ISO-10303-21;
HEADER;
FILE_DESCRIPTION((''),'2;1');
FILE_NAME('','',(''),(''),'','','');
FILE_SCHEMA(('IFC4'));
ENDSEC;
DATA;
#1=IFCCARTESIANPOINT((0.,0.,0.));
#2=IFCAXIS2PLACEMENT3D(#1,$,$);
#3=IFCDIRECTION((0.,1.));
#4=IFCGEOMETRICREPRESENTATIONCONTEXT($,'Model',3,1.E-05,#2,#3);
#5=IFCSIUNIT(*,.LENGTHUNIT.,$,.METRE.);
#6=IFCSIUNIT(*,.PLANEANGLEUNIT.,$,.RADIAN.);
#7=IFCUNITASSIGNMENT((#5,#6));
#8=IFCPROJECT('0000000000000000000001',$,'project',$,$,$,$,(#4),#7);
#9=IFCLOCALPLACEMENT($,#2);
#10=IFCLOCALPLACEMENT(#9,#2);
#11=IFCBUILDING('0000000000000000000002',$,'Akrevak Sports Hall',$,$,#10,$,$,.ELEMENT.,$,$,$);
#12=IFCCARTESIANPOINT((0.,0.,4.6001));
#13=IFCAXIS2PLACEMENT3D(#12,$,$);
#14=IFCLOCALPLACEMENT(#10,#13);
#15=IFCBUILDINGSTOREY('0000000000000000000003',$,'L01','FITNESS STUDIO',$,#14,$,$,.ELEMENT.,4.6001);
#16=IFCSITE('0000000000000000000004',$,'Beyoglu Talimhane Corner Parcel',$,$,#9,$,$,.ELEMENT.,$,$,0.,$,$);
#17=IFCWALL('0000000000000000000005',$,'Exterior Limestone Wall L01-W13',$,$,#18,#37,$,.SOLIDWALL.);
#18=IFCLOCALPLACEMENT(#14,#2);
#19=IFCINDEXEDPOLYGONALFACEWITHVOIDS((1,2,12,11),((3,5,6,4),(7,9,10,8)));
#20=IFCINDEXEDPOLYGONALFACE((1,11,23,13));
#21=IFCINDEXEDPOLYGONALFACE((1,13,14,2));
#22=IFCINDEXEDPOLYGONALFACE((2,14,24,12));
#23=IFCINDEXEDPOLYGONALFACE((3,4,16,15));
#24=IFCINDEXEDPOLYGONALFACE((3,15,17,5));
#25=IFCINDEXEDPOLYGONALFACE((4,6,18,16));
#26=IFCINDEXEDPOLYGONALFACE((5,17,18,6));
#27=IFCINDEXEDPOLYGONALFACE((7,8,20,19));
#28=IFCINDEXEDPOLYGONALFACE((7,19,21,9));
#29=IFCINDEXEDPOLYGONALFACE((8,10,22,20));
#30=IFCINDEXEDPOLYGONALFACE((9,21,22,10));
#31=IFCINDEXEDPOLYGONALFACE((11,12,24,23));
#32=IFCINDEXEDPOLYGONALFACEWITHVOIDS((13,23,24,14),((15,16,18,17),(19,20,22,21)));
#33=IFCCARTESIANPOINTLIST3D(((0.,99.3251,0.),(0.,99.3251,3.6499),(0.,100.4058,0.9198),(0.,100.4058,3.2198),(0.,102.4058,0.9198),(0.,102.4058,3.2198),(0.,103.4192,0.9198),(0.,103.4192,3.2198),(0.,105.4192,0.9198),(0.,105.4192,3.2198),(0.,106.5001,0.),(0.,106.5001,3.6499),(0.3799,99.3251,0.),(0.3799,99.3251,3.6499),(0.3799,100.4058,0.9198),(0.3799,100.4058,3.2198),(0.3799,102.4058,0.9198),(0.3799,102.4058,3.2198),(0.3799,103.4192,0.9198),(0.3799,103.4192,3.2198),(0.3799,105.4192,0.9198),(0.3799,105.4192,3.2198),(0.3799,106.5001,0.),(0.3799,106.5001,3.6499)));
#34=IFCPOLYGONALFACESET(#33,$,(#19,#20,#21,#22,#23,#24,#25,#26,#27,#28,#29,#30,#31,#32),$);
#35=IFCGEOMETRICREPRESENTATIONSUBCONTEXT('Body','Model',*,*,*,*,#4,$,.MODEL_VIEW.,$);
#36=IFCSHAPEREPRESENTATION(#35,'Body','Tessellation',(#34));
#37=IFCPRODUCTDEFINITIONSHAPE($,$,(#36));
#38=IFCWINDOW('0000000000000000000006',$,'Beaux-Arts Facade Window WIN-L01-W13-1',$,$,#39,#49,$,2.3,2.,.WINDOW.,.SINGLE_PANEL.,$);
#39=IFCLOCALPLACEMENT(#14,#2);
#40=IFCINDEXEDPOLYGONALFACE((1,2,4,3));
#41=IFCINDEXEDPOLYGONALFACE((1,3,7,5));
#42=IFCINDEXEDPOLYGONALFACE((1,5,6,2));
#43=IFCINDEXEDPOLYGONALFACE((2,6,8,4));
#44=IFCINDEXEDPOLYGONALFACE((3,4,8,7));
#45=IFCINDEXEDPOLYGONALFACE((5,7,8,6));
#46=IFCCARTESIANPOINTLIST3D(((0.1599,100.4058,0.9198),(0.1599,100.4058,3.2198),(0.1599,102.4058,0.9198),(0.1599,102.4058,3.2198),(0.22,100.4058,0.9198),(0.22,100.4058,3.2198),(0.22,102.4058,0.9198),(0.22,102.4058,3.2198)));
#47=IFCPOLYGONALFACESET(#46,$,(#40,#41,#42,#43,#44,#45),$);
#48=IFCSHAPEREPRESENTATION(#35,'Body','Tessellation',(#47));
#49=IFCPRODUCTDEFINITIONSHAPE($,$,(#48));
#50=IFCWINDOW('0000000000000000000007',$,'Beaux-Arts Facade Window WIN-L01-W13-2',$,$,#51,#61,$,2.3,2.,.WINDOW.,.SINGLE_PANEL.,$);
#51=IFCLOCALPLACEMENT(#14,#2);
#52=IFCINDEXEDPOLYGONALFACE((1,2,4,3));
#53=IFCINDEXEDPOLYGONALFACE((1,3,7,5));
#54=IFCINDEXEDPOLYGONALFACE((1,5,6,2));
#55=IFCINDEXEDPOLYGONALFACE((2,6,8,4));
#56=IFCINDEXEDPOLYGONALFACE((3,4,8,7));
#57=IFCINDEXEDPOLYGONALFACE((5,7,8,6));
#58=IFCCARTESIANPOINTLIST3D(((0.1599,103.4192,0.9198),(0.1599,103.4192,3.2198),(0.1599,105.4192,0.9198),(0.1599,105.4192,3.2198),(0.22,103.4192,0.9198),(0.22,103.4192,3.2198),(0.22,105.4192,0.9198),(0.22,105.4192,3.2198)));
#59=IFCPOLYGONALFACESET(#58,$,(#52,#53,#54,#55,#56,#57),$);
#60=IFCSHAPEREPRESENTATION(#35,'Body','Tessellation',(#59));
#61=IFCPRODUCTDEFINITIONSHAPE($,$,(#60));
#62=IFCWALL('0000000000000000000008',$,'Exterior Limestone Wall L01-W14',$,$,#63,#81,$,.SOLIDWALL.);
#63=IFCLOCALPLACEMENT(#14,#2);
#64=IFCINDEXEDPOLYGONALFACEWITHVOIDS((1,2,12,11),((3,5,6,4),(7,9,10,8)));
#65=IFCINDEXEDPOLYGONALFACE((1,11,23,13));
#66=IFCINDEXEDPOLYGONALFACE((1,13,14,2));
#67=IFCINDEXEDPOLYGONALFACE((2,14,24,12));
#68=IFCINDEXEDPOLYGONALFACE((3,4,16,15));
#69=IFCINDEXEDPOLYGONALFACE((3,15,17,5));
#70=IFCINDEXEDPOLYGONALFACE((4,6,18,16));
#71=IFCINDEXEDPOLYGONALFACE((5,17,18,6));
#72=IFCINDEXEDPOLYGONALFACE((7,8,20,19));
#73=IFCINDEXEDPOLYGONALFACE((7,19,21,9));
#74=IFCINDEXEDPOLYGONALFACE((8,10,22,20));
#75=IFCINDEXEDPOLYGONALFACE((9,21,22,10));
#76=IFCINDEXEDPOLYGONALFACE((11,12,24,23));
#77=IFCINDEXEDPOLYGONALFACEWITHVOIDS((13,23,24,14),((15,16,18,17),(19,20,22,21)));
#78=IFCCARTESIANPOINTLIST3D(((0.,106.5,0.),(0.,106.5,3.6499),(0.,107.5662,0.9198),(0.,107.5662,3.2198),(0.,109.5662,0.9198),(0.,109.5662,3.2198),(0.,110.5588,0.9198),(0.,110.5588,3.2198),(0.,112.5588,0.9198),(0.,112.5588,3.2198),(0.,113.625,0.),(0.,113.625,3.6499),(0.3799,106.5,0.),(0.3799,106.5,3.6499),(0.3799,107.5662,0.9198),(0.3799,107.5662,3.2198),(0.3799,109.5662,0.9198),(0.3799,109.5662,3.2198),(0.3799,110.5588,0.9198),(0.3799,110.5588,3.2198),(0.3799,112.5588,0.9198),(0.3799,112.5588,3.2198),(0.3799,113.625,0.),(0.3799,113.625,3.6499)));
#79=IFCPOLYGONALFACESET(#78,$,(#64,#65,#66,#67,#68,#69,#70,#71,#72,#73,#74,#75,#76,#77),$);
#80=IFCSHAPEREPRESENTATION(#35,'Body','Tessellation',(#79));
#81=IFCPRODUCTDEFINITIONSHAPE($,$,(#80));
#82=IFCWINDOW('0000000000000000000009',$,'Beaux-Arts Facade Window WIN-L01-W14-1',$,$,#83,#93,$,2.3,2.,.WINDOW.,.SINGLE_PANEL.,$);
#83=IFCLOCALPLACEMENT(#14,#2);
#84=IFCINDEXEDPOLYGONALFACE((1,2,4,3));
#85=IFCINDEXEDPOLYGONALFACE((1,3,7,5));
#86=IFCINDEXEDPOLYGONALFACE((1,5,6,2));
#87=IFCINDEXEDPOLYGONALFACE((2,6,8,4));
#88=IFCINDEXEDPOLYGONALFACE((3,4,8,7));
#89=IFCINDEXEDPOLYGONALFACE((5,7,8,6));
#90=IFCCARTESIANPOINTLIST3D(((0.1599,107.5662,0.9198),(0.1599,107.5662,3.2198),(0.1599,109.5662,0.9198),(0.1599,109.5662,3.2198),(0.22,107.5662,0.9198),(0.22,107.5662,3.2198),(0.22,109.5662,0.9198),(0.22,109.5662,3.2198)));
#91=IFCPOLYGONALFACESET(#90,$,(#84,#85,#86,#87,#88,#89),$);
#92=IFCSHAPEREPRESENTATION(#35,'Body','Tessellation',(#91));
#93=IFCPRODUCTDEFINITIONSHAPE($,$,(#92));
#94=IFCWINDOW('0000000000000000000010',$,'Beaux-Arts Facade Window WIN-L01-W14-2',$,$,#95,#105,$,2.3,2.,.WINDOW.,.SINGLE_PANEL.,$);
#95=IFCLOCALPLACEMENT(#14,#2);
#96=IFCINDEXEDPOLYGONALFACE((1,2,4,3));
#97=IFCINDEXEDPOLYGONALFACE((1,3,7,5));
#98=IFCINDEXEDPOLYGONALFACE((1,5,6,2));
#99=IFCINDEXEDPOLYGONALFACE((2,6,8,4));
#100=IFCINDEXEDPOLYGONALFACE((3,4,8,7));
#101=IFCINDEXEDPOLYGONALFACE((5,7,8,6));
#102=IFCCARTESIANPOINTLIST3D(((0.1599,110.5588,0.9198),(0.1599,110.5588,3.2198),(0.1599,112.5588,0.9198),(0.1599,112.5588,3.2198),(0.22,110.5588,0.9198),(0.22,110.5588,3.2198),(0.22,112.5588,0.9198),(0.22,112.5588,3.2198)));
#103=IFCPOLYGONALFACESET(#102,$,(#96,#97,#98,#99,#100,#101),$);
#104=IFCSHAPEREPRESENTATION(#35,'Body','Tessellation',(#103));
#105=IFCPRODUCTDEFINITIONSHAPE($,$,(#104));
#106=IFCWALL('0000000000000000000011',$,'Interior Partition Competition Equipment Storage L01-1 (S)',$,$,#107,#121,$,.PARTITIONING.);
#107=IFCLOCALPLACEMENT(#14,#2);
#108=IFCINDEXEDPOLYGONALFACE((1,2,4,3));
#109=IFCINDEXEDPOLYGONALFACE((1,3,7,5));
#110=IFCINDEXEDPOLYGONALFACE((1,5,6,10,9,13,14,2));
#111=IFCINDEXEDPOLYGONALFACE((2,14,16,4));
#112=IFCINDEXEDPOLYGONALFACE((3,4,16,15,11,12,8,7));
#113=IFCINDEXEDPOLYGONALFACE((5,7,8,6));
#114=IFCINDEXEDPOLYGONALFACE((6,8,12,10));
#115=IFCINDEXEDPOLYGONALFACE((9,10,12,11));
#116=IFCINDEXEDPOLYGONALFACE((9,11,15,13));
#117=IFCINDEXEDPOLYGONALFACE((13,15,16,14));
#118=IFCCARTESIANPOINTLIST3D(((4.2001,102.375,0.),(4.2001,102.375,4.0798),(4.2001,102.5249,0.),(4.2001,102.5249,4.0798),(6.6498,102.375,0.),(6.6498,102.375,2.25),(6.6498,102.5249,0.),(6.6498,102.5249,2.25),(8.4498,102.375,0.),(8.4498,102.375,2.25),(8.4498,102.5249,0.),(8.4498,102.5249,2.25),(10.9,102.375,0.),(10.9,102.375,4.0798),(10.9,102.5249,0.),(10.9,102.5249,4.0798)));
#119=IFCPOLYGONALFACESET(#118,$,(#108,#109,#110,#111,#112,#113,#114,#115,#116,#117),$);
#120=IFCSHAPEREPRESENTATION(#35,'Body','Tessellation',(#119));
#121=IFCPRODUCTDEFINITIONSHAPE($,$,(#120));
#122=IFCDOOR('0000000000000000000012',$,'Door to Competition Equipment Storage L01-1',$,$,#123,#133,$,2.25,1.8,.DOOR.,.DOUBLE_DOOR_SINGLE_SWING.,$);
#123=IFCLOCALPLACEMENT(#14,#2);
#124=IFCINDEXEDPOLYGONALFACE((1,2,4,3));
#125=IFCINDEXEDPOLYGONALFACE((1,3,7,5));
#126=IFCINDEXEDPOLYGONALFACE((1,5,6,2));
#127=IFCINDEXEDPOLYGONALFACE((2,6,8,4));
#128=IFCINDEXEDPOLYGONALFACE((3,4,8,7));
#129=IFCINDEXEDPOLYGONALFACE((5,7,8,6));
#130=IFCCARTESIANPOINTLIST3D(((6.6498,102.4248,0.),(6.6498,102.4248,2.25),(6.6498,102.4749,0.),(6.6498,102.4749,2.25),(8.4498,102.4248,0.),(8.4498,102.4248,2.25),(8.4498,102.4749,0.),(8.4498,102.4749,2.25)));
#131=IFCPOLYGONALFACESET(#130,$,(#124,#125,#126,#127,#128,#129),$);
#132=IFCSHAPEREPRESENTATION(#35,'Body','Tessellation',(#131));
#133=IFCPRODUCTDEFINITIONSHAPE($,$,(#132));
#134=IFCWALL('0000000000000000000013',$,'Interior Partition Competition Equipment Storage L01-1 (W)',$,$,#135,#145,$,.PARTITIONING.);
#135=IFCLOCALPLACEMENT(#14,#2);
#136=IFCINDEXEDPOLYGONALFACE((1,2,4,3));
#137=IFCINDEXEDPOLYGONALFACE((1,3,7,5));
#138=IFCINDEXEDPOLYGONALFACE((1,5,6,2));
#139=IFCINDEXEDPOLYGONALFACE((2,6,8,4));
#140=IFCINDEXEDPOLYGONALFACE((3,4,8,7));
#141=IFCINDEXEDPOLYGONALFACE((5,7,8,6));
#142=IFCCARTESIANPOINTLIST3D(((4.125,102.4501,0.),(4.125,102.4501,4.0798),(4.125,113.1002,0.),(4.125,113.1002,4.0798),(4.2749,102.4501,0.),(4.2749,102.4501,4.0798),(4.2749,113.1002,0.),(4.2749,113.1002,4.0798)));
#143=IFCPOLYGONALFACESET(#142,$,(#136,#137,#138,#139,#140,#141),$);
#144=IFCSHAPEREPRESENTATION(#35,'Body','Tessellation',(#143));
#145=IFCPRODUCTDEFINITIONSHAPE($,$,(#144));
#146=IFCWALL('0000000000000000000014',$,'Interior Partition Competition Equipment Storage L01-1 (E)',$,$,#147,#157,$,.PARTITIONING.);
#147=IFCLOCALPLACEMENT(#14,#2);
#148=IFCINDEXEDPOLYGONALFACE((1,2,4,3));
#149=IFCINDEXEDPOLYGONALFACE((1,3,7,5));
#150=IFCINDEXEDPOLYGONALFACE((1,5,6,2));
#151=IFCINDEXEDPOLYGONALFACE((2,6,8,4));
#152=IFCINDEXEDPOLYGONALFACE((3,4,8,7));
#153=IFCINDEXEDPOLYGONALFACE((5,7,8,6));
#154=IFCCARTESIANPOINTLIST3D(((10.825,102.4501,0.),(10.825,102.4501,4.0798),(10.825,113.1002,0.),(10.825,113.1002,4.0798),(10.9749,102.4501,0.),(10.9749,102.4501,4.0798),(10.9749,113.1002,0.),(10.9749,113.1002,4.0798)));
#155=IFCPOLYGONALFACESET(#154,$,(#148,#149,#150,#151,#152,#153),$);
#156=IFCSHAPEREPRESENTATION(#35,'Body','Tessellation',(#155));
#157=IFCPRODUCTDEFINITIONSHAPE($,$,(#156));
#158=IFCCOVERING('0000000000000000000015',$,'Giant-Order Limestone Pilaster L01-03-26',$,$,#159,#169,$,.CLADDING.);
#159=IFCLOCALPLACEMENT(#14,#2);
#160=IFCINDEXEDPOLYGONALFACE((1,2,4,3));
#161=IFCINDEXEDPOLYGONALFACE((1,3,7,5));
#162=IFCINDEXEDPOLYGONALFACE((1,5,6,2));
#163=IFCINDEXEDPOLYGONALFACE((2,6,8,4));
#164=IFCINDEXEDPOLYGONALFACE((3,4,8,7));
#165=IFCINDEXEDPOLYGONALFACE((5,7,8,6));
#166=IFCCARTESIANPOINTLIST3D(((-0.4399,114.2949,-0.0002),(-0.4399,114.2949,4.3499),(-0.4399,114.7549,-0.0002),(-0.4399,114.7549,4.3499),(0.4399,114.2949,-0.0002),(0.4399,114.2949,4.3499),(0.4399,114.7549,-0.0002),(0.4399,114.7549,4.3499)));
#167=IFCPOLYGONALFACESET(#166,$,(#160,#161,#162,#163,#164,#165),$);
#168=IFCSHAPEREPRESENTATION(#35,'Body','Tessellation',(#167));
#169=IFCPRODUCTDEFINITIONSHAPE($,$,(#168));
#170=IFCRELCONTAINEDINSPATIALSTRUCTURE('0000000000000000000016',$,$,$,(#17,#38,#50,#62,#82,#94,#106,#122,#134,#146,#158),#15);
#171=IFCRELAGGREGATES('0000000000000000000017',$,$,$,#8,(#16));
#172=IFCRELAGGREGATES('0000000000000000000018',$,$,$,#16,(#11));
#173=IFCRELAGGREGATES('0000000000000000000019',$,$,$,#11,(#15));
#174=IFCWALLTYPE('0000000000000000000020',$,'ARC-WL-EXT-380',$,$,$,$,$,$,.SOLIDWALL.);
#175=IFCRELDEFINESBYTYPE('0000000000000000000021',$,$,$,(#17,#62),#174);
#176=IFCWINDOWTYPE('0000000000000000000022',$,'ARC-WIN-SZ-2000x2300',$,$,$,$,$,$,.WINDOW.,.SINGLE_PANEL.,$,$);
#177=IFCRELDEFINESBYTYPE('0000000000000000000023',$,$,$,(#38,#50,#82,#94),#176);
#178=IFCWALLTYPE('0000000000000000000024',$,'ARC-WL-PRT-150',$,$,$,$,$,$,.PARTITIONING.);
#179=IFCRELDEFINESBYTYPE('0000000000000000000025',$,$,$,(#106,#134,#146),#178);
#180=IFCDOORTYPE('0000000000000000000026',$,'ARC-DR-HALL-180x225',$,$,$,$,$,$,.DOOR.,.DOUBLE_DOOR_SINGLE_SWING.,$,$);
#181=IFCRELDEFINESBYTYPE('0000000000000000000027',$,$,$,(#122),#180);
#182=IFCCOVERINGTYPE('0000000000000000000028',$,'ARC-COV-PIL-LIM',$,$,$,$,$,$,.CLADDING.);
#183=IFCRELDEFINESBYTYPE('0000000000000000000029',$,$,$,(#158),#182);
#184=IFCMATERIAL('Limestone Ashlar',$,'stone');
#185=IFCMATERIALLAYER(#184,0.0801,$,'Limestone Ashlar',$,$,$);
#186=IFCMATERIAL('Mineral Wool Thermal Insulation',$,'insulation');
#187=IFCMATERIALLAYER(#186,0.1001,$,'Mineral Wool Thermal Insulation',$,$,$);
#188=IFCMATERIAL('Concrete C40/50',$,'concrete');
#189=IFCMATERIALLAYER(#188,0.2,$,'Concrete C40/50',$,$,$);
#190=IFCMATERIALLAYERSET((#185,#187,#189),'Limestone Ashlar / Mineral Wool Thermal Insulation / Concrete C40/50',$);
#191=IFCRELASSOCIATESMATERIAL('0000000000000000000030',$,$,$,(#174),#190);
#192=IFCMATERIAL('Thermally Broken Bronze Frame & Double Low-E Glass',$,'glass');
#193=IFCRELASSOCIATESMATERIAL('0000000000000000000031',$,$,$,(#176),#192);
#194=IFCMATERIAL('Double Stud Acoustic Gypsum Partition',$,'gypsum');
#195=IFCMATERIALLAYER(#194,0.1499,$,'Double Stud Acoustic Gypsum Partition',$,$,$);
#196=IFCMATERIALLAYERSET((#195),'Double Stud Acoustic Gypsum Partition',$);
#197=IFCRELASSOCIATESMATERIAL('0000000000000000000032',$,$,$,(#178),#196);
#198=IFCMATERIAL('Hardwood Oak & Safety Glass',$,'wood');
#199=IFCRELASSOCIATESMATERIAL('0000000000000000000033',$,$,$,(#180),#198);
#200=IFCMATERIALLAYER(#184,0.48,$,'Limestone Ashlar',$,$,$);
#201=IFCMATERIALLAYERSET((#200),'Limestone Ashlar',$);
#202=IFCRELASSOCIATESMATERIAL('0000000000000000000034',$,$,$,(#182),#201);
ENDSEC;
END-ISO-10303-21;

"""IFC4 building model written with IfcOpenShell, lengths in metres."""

from ifc_helpers import new_model, si_unit, direction, frame, frame_2d, origin, origin_2d, place, context, subcontext, project, spatial, rectangle, extrude, material, layer, layer_set, type_object, element, fill, save


model = new_model("IFC4")

# Units and contexts
model_context = context("Model", 3, precision=1e-05, world=origin(), true_north=direction((0.0, 1.0)))
body_context = subcontext(model_context, "Body", "Model", "MODEL_VIEW")
ifc_project = project(units=[si_unit("LENGTHUNIT", "METRE"), si_unit("PLANEANGLEUNIT", "RADIAN")], contexts=[model_context])

# Site, building, storey
site_placement = place(None, origin())
site = spatial("IfcSite", under=ifc_project, at=site_placement, Name="Beyoglu Talimhane Corner Parcel", CompositionType="ELEMENT", RefElevation=0.0)
building_placement = place(site_placement, origin())
building = spatial("IfcBuilding", under=site, at=building_placement, Name="Akrevak Sports Hall", CompositionType="ELEMENT")
storey_placement = place(building_placement, frame((0.0, 0.0, 4.6001)))
storey = spatial("IfcBuildingStorey", under=building, at=storey_placement, Name="L01", Description="FITNESS STUDIO", CompositionType="ELEMENT", Elevation=4.6001)

# Shared definitions
ifc_material_1 = material(Name="Concrete C40/50", Category="concrete")

# Shared definitions
ifc_material_2 = material(Name="Limestone Ashlar", Category="stone")
ifc_layer_1 = layer(ifc_material_2, 0.0801, Name="Limestone Ashlar")
ifc_material_3 = material(Name="Mineral Wool Thermal Insulation", Category="insulation")
ifc_layer_2 = layer(ifc_material_3, 0.1001, Name="Mineral Wool Thermal Insulation")
ifc_layer_3 = layer(ifc_material_1, 0.2, Name="Concrete C40/50")
ifc_layer_set_1 = layer_set([ifc_layer_1, ifc_layer_2, ifc_layer_3], Name="Limestone Ashlar / Mineral Wool Thermal Insulation / Concrete C40/50")
wall_type_1 = type_object("IfcWallType", Name="ARC-WL-EXT-380", PredefinedType="SOLIDWALL", material=ifc_layer_set_1)
ifc_material_4 = material(Name="Thermally Broken Bronze Frame & Double Low-E Glass", Category="glass")
window_type = type_object("IfcWindowType", Name="ARC-WIN-SZ-2000x2300", PartitioningType="SINGLE_PANEL", PredefinedType="WINDOW", material=ifc_material_4)

# Walls, openings, windows
wall_1_placement = place(storey_placement, frame((0.1899, 106.5, 0.0), z_axis=(0.0, 0.0, 1.0), x_axis=(0.0, -1.0, 0.0)))
wall_1 = element("IfcWall", 1, at=wall_1_placement, inside=storey, type_object=wall_type_1, Name="Exterior Limestone Wall L01-W13", PredefinedType="SOLIDWALL", context=body_context, shape_type="SweptSolid", body=[
    extrude(rectangle(XDim=7.175, YDim=0.3799, at=frame_2d((3.5874, 0.0))), origin(), (0.0, 0.0, 1.0), 3.6499),
])
opening_1_placement = place(wall_1_placement, frame((4.0942, 0.0, 0.9199)))
opening_1 = element("IfcOpeningElement", 2, at=opening_1_placement, cuts=wall_1, PredefinedType="OPENING", context=body_context, shape_type="SweptSolid", body=[
    extrude(rectangle(XDim=2.0, YDim=2.3, at=frame_2d((1.0, 1.1499))), frame((0.0, 0.2019, 0.0), z_axis=(0.0, -1.0, 0.0), x_axis=(1.0, 0.0, 0.0)), (0.0, 0.0, 1.0), 0.4038),
])
opening_2_placement = place(wall_1_placement, frame((1.0808, 0.0, 0.9199)))
opening_2 = element("IfcOpeningElement", 3, at=opening_2_placement, cuts=wall_1, PredefinedType="OPENING", context=body_context, shape_type="SweptSolid", body=[
    extrude(rectangle(XDim=2.0, YDim=2.3, at=frame_2d((1.0, 1.1499))), frame((0.0, 0.2019, 0.0), z_axis=(0.0, -1.0, 0.0), x_axis=(1.0, 0.0, 0.0)), (0.0, 0.0, 1.0), 0.4038),
])
window_1_placement = place(opening_1_placement, origin())
window_1 = element("IfcWindow", 4, at=window_1_placement, inside=storey, type_object=window_type, Name="Beaux-Arts Facade Window WIN-L01-W13-1", OverallHeight=2.3, OverallWidth=2.0, PartitioningType="SINGLE_PANEL", PredefinedType="WINDOW", context=body_context, shape_type="SweptSolid", body=[
    extrude(rectangle(XDim=2.0, YDim=2.3, at=frame_2d((1.0, 1.1499))), frame((0.0, 0.03, 0.0), z_axis=(0.0, -1.0, 0.0), x_axis=(1.0, 0.0, 0.0)), (0.0, 0.0, 1.0), 0.0601),
])
fill(opening_1, window_1)
window_2_placement = place(opening_2_placement, origin())
window_2 = element("IfcWindow", 5, at=window_2_placement, inside=storey, type_object=window_type, Name="Beaux-Arts Facade Window WIN-L01-W13-2", OverallHeight=2.3, OverallWidth=2.0, PartitioningType="SINGLE_PANEL", PredefinedType="WINDOW", context=body_context, shape_type="SweptSolid", body=[
    extrude(rectangle(XDim=2.0, YDim=2.3, at=frame_2d((1.0, 1.1499))), frame((0.0, 0.03, 0.0), z_axis=(0.0, -1.0, 0.0), x_axis=(1.0, 0.0, 0.0)), (0.0, 0.0, 1.0), 0.0601),
])
fill(opening_2, window_2)
wall_2_placement = place(storey_placement, frame((0.1899, 113.625, 0.0), z_axis=(0.0, 0.0, 1.0), x_axis=(0.0, -1.0, 0.0)))
wall_2 = element("IfcWall", 6, at=wall_2_placement, inside=storey, type_object=wall_type_1, Name="Exterior Limestone Wall L01-W14", PredefinedType="SOLIDWALL", context=body_context, shape_type="SweptSolid", body=[
    extrude(rectangle(XDim=7.125, YDim=0.3799, at=frame_2d((3.5625, 0.0))), origin(), (0.0, 0.0, 1.0), 3.6499),
])
opening_3_placement = place(wall_2_placement, frame((4.0588, 0.0, 0.9199)))
opening_3 = element("IfcOpeningElement", 7, at=opening_3_placement, cuts=wall_2, PredefinedType="OPENING", context=body_context, shape_type="SweptSolid", body=[
    extrude(rectangle(XDim=2.0, YDim=2.3, at=frame_2d((1.0, 1.1499))), frame((0.0, 0.2019, 0.0), z_axis=(0.0, -1.0, 0.0), x_axis=(1.0, 0.0, 0.0)), (0.0, 0.0, 1.0), 0.4038),
])
opening_4_placement = place(wall_2_placement, frame((1.0662, 0.0, 0.9199)))
opening_4 = element("IfcOpeningElement", 8, at=opening_4_placement, cuts=wall_2, PredefinedType="OPENING", context=body_context, shape_type="SweptSolid", body=[
    extrude(rectangle(XDim=2.0, YDim=2.3, at=frame_2d((1.0, 1.1499))), frame((0.0, 0.2019, 0.0), z_axis=(0.0, -1.0, 0.0), x_axis=(1.0, 0.0, 0.0)), (0.0, 0.0, 1.0), 0.4038),
])
window_3_placement = place(opening_3_placement, origin())
window_3 = element("IfcWindow", 9, at=window_3_placement, inside=storey, type_object=window_type, Name="Beaux-Arts Facade Window WIN-L01-W14-1", OverallHeight=2.3, OverallWidth=2.0, PartitioningType="SINGLE_PANEL", PredefinedType="WINDOW", context=body_context, shape_type="SweptSolid", body=[
    extrude(rectangle(XDim=2.0, YDim=2.3, at=frame_2d((1.0, 1.1499))), frame((0.0, 0.03, 0.0), z_axis=(0.0, -1.0, 0.0), x_axis=(1.0, 0.0, 0.0)), (0.0, 0.0, 1.0), 0.0601),
])
fill(opening_3, window_3)
window_4_placement = place(opening_4_placement, origin())
window_4 = element("IfcWindow", 10, at=window_4_placement, inside=storey, type_object=window_type, Name="Beaux-Arts Facade Window WIN-L01-W14-2", OverallHeight=2.3, OverallWidth=2.0, PartitioningType="SINGLE_PANEL", PredefinedType="WINDOW", context=body_context, shape_type="SweptSolid", body=[
    extrude(rectangle(XDim=2.0, YDim=2.3, at=frame_2d((1.0, 1.1499))), frame((0.0, 0.03, 0.0), z_axis=(0.0, -1.0, 0.0), x_axis=(1.0, 0.0, 0.0)), (0.0, 0.0, 1.0), 0.0601),
])
fill(opening_4, window_4)

# Wall, opening, door
ifc_material_5 = material(Name="Double Stud Acoustic Gypsum Partition", Category="gypsum")
ifc_layer_4 = layer(ifc_material_5, 0.1499, Name="Double Stud Acoustic Gypsum Partition")
ifc_layer_set_2 = layer_set([ifc_layer_4], Name="Double Stud Acoustic Gypsum Partition")
wall_type_2 = type_object("IfcWallType", Name="ARC-WL-PRT-150", PredefinedType="PARTITIONING", material=ifc_layer_set_2)
wall_3_placement = place(storey_placement, frame((4.2, 102.45, 0.0), z_axis=(0.0, 0.0, 1.0), x_axis=(1.0, 0.0, 0.0)))
wall_3 = element("IfcWall", 11, at=wall_3_placement, inside=storey, type_object=wall_type_2, Name="Interior Partition Competition Equipment Storage L01-1 (S)", PredefinedType="PARTITIONING", context=body_context, shape_type="SweptSolid", body=[
    extrude(rectangle(XDim=6.7, YDim=0.1499, at=frame_2d((3.3501, 0.0))), origin(), (0.0, 0.0, 1.0), 4.0798),
])
opening_5_placement = place(wall_3_placement, frame((2.45, 0.0, 0.0)))
opening_5 = element("IfcOpeningElement", 12, at=opening_5_placement, cuts=wall_3, PredefinedType="OPENING", context=body_context, shape_type="SweptSolid", body=[
    extrude(rectangle(XDim=1.8, YDim=2.25, at=frame_2d((0.8999, 1.125))), frame((0.0, 0.0869, 0.0), z_axis=(0.0, -1.0, 0.0), x_axis=(1.0, 0.0, 0.0)), (0.0, 0.0, 1.0), 0.1738),
])
ifc_material_6 = material(Name="Hardwood Oak & Safety Glass", Category="wood")
door_type = type_object("IfcDoorType", Name="ARC-DR-HALL-180x225", OperationType="DOUBLE_DOOR_SINGLE_SWING", PredefinedType="DOOR", material=ifc_material_6)
door_placement = place(opening_5_placement, origin())
door = element("IfcDoor", 13, at=door_placement, inside=storey, type_object=door_type, Name="Door to Competition Equipment Storage L01-1", OperationType="DOUBLE_DOOR_SINGLE_SWING", OverallHeight=2.25, OverallWidth=1.8, PredefinedType="DOOR", context=body_context, shape_type="SweptSolid", body=[
    extrude(rectangle(XDim=1.8, YDim=2.25, at=frame_2d((0.8999, 1.125))), frame((0.0, 0.0249, 0.0), z_axis=(0.0, -1.0, 0.0), x_axis=(1.0, 0.0, 0.0)), (0.0, 0.0, 1.0), 0.05),
])
fill(opening_5, door)

# Walls
for number, where, z_axis, x_axis, name in (
    (14, (4.2, 102.45, 0.0), (0.0, 0.0, 1.0), (0.0, 1.0, 0.0), "Interior Partition Competition Equipment Storage L01-1 (W)"),
    (15, (10.8999, 102.45, 0.0), (0.0, 0.0, 1.0), (0.0, 1.0, 0.0), "Interior Partition Competition Equipment Storage L01-1 (E)"),
):
    element("IfcWall", number, at=place(storey_placement, frame(where, z_axis=z_axis, x_axis=x_axis)), inside=storey, type_object=wall_type_2, Name=name, PredefinedType="PARTITIONING", context=body_context, shape_type="SweptSolid", body=[
        extrude(rectangle(XDim=10.6501, YDim=0.1499, at=frame_2d((5.3252, 0.0))), origin(), (0.0, 0.0, 1.0), 4.0798),
    ])

# Covering
ifc_layer_5 = layer(ifc_material_2, 0.48, Name="Limestone Ashlar")
ifc_layer_set_3 = layer_set([ifc_layer_5], Name="Limestone Ashlar")
covering_type = type_object("IfcCoveringType", Name="ARC-COV-PIL-LIM", PredefinedType="CLADDING", material=ifc_layer_set_3)
for number, where, z_axis, x_axis, name in (
    (16, (0.0, 114.5249, -0.0002), (0.0, 0.0, 1.0), (-1.0, 0.0, 0.0), "Giant-Order Limestone Pilaster L01-03-26"),
):
    element("IfcCovering", number, at=place(storey_placement, frame(where, z_axis=z_axis, x_axis=x_axis)), inside=storey, type_object=covering_type, Name=name, PredefinedType="CLADDING", context=body_context, shape_type="SweptSolid", body=[
        extrude(rectangle(XDim=0.8799, YDim=0.46, at=origin_2d()), origin(), (0.0, 0.0, 1.0), 4.3501),
    ])

save(model, "model.ifc")
